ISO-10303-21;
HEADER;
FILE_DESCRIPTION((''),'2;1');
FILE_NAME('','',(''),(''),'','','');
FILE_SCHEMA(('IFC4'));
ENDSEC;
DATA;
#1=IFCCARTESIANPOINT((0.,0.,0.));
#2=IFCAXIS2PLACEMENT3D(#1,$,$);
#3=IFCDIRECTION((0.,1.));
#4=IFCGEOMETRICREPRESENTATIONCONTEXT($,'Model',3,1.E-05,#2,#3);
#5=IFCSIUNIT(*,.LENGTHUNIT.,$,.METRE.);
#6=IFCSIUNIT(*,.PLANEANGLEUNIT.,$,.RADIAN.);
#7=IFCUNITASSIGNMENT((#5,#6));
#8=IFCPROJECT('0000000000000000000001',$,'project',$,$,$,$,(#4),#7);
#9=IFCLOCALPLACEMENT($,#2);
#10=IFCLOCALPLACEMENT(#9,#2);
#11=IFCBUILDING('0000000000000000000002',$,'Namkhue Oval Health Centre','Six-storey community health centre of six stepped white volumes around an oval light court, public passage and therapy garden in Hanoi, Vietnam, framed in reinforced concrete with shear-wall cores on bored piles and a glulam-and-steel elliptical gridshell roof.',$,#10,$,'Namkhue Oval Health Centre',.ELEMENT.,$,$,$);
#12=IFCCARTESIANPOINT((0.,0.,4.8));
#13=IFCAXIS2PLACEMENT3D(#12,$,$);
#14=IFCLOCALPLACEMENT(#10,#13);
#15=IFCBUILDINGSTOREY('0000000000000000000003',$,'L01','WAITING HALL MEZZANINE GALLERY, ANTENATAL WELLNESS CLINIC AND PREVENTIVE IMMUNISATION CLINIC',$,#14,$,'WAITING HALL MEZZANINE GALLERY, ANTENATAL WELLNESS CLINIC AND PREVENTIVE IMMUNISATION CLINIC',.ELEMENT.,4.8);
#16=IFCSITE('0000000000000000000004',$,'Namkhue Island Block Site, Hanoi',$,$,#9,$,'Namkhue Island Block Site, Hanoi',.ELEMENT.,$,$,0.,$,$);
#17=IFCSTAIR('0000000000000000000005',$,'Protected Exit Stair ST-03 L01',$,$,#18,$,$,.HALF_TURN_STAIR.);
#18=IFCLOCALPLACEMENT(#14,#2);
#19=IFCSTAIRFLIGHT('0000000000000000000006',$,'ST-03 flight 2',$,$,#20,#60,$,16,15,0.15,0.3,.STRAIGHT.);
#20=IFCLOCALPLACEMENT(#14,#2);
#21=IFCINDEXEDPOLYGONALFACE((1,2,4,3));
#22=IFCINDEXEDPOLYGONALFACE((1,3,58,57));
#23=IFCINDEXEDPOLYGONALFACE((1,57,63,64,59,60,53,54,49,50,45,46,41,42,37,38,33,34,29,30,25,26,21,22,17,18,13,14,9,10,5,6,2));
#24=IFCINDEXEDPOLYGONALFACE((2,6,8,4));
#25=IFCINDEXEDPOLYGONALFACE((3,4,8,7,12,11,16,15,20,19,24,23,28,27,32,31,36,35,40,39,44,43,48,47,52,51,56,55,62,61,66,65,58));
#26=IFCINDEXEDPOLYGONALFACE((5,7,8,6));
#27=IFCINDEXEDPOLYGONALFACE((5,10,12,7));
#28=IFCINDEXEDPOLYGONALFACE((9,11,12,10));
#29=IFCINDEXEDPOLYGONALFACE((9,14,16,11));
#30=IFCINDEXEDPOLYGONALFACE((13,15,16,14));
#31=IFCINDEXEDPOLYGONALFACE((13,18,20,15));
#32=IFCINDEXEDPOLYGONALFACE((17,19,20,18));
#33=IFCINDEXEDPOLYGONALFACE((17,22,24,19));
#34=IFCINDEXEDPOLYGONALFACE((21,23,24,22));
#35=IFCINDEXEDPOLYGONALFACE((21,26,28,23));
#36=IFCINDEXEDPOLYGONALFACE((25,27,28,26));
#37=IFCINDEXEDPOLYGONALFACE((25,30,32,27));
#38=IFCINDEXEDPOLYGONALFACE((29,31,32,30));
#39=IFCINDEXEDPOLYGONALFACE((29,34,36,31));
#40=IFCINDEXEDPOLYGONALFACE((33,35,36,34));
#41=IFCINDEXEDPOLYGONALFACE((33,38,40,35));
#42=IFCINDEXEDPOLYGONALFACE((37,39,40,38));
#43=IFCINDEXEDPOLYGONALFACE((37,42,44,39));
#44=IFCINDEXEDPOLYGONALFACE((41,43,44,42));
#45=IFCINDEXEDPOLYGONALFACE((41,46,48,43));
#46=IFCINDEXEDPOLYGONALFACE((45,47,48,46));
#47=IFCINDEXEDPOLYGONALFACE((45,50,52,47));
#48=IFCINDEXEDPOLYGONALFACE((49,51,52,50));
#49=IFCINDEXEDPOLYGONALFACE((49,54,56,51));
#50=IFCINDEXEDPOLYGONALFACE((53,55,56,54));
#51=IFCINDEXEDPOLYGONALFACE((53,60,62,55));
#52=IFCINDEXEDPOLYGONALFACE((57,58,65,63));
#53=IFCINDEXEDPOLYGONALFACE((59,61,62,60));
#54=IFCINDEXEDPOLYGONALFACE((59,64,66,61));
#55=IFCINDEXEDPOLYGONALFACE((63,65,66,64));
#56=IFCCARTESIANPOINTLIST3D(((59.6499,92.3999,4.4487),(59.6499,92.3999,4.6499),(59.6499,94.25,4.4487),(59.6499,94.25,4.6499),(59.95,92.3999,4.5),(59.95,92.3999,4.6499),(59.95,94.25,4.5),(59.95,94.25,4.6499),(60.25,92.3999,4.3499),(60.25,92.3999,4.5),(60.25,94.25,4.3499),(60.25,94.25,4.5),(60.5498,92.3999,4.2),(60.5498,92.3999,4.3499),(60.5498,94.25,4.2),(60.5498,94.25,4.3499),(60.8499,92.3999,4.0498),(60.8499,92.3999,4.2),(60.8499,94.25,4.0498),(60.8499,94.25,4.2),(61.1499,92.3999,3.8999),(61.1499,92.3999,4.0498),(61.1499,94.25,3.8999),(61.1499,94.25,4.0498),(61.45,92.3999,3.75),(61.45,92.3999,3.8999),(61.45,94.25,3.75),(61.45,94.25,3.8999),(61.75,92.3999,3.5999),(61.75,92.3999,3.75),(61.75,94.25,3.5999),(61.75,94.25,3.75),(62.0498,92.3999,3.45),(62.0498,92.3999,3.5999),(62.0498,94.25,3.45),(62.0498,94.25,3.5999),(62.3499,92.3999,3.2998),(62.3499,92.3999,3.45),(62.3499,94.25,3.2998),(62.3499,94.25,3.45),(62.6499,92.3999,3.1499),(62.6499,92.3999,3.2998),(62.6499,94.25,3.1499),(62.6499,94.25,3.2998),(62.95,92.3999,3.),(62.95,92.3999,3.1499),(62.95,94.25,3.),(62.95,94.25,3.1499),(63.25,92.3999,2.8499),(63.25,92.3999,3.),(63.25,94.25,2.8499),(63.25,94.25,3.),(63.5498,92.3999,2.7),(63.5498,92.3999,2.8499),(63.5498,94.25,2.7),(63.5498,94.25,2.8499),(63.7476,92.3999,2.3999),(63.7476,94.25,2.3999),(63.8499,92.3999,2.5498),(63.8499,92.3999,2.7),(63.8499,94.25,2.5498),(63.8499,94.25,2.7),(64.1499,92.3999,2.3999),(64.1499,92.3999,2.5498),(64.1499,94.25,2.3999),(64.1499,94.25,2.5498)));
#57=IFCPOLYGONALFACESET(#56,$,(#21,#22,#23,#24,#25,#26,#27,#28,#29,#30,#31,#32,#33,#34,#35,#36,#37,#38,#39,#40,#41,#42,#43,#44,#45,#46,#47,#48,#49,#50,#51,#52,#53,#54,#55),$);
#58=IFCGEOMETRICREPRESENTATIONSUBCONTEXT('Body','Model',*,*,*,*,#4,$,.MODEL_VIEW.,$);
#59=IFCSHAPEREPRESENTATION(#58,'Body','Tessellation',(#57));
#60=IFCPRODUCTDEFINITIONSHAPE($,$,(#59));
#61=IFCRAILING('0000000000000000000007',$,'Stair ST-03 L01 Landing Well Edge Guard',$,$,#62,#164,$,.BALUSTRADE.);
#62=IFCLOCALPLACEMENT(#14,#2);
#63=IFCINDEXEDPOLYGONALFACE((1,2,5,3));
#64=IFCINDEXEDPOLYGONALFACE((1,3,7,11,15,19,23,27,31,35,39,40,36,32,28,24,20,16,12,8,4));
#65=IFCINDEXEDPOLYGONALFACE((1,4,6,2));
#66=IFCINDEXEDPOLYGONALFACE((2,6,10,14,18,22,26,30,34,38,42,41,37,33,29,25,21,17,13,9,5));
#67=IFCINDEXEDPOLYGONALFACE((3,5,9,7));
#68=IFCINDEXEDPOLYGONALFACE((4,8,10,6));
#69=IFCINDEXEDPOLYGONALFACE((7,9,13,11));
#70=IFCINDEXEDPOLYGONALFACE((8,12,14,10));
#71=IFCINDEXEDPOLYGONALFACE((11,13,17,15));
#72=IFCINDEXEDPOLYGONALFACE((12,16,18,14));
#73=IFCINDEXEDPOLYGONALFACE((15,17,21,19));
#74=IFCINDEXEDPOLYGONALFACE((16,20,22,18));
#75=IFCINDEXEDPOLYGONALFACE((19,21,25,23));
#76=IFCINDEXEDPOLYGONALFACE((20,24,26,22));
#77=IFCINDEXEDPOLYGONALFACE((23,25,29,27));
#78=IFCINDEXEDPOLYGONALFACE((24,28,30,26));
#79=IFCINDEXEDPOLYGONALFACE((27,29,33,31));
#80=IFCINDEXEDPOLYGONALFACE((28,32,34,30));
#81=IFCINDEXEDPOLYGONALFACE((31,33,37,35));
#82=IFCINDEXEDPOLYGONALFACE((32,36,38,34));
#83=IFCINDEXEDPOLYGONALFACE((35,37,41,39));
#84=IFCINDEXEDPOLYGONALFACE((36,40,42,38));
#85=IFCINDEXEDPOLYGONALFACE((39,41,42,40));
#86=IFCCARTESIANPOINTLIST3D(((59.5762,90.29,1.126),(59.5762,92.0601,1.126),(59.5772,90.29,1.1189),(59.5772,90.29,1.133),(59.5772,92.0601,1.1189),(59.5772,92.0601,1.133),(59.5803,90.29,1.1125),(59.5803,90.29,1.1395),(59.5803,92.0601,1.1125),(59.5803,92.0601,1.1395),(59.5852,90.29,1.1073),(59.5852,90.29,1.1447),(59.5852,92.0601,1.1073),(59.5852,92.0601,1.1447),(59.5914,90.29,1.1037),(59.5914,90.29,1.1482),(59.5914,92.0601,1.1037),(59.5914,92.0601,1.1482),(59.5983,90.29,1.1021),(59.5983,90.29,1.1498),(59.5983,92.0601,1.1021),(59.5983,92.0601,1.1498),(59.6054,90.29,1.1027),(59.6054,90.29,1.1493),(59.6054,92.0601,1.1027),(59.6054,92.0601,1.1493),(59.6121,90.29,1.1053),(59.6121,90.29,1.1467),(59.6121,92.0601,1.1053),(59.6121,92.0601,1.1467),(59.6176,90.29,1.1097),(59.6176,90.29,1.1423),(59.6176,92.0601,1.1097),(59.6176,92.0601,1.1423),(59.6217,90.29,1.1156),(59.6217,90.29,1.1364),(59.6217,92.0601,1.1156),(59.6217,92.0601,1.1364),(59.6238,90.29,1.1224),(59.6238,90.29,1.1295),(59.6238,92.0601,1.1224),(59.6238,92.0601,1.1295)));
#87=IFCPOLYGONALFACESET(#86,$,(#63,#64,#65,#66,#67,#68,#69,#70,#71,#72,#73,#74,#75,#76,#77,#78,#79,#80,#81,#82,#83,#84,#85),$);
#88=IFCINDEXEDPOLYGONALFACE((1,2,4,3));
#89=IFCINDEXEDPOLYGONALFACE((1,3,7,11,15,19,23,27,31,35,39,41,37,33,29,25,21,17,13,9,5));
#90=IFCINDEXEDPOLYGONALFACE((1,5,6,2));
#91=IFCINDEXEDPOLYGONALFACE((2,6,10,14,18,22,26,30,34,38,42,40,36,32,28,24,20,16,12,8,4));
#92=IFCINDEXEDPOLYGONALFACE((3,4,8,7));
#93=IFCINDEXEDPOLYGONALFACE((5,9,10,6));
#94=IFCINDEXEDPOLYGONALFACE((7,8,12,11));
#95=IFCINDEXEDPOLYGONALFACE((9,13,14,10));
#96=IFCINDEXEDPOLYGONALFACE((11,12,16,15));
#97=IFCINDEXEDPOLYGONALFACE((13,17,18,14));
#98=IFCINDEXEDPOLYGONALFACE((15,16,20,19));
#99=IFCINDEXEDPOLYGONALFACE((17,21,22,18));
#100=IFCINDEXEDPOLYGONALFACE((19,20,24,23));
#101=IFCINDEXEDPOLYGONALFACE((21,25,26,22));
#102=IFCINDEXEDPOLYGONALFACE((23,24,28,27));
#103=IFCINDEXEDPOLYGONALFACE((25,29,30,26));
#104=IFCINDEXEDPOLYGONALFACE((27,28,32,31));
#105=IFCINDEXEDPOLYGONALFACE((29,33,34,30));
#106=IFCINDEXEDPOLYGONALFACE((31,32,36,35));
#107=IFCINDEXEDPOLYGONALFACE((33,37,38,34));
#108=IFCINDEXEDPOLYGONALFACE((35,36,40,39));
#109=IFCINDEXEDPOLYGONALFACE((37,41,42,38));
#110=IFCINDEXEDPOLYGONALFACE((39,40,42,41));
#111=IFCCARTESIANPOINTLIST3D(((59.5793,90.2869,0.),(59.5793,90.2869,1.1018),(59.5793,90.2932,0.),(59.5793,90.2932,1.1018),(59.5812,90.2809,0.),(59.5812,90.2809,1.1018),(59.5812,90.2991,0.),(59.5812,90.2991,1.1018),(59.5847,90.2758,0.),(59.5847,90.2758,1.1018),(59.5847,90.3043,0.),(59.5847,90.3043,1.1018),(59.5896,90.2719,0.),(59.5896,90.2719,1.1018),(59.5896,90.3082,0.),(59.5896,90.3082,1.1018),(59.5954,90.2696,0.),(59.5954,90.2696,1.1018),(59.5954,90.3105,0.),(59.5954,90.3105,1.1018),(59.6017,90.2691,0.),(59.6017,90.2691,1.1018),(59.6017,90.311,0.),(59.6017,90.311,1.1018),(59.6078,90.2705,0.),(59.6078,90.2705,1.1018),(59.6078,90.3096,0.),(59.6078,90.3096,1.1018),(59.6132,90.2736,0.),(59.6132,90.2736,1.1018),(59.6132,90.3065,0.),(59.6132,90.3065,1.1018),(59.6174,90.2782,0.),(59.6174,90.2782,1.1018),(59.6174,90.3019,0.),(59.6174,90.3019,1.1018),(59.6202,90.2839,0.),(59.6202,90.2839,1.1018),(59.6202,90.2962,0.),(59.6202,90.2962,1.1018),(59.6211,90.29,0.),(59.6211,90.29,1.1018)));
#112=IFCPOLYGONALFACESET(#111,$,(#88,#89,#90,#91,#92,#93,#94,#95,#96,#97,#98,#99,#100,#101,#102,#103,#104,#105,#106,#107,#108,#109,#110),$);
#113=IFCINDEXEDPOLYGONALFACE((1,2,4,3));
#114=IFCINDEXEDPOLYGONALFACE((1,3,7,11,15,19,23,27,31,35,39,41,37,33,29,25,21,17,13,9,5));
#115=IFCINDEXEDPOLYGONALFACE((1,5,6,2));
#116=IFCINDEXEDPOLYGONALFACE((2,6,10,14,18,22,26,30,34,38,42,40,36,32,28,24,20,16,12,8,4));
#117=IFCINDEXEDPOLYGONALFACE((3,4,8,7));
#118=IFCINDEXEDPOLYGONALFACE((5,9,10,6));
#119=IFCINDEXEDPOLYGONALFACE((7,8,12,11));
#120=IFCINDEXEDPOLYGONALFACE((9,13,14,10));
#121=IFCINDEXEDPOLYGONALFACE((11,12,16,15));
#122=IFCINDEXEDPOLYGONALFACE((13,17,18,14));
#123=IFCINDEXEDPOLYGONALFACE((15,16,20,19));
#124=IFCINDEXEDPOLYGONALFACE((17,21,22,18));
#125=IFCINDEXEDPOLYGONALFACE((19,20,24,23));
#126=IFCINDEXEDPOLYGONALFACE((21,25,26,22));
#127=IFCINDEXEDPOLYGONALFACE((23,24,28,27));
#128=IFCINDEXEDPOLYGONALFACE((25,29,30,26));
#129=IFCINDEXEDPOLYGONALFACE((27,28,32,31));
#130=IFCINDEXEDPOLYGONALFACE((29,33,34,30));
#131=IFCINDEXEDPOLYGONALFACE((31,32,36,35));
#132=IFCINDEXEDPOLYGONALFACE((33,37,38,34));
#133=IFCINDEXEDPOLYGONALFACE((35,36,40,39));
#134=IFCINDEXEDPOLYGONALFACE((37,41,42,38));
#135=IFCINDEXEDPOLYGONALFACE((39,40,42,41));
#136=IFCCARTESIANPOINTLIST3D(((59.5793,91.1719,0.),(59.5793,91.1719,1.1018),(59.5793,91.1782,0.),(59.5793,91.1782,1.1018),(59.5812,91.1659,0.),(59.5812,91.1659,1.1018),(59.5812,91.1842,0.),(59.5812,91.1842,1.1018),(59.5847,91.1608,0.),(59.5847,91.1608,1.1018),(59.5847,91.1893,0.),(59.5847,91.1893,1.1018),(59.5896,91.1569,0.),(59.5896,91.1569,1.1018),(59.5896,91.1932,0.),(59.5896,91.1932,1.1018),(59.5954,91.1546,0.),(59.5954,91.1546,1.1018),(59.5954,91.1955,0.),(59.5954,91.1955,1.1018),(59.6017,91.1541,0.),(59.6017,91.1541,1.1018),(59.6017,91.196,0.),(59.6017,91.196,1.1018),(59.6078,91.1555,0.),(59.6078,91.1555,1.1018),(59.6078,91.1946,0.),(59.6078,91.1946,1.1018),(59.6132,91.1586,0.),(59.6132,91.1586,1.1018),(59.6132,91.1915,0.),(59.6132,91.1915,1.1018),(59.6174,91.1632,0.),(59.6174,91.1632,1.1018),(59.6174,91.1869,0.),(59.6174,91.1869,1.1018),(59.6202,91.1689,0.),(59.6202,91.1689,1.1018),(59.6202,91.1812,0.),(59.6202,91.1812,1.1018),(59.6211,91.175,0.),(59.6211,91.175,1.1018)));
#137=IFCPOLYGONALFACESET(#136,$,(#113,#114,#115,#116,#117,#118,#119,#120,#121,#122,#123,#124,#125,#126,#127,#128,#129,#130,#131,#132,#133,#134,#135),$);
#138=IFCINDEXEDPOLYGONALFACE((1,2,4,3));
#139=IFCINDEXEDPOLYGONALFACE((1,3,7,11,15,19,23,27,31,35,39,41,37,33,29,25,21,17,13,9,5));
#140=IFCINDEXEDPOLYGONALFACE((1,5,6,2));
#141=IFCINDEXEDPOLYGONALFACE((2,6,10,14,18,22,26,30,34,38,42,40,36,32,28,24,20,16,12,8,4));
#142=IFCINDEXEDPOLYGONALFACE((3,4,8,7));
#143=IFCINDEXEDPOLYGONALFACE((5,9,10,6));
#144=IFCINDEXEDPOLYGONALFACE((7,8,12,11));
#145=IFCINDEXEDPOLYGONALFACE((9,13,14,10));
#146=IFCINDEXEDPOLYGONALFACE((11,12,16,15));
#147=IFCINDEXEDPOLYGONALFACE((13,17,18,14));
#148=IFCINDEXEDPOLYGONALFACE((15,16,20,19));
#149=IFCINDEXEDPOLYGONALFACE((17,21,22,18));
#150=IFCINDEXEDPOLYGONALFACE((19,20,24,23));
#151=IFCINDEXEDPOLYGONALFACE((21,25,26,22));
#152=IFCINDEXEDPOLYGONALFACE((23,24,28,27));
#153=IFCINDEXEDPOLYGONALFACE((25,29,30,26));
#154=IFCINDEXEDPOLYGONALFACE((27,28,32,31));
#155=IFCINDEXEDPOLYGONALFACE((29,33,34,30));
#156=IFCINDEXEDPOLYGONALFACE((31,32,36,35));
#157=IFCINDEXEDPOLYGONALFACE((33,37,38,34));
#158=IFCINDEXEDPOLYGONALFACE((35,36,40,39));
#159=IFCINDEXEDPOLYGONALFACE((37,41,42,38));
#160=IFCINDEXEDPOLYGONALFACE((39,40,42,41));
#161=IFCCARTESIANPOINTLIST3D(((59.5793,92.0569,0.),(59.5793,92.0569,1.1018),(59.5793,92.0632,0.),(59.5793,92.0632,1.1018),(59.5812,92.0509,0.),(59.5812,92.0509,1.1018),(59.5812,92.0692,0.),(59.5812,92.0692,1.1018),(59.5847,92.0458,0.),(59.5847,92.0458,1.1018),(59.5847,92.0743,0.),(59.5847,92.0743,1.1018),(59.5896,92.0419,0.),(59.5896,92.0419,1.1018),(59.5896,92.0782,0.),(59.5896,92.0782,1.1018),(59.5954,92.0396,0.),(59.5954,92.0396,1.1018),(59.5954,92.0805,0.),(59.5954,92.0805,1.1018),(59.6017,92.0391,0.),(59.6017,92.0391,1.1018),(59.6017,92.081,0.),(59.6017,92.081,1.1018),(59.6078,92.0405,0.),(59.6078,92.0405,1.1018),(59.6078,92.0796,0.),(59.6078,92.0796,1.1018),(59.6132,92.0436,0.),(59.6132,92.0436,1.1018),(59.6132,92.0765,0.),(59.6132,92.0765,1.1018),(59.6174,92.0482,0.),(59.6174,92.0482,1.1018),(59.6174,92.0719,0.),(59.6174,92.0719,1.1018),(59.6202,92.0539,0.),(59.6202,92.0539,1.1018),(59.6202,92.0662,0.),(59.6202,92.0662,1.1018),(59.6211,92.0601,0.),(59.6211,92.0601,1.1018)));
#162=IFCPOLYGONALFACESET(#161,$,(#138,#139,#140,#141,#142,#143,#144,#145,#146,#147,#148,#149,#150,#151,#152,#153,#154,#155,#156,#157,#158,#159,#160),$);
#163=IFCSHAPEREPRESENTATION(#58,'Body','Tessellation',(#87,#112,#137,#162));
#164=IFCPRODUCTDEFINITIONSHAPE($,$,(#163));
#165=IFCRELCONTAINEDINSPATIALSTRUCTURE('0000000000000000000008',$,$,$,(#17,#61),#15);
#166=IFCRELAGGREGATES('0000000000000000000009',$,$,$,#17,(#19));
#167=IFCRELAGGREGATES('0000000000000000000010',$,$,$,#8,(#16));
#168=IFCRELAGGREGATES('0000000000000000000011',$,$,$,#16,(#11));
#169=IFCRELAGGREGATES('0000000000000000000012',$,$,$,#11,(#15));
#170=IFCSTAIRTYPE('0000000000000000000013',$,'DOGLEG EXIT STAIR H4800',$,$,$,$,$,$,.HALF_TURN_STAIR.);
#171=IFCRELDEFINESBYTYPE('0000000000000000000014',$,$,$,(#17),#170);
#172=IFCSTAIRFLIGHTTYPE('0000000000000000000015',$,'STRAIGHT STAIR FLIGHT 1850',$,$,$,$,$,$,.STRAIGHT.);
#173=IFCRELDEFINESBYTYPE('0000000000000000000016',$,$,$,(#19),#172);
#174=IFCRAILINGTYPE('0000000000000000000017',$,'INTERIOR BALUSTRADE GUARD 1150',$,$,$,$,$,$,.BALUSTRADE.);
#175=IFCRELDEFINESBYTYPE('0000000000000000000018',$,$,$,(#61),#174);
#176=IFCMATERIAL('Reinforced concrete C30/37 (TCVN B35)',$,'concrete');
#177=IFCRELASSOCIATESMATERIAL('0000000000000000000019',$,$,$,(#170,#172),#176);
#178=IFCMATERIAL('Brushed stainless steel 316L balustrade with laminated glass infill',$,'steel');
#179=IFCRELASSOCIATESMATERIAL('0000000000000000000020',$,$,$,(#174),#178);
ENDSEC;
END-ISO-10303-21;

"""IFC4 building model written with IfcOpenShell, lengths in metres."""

from ifc_helpers import new_model, si_unit, direction, frame, origin, origin_2d, place, context, subcontext, project, spatial, polyline, circle, outline, extrude, material, type_object, element, aggregate, save


model = new_model("IFC4")

# Units and contexts
model_context = context("Model", 3, precision=1e-05, world=origin(), true_north=direction((0.0, 1.0)))
body_context = subcontext(model_context, "Body", "Model", "MODEL_VIEW")
ifc_project = project(units=[si_unit("LENGTHUNIT", "METRE"), si_unit("PLANEANGLEUNIT", "RADIAN")], contexts=[model_context])

# Site, building, storey
site_placement = place(None, origin())
site = spatial("IfcSite", under=ifc_project, at=site_placement, Name="Namkhue Island Block Site, Hanoi", LongName="Namkhue Island Block Site, Hanoi", CompositionType="ELEMENT", RefElevation=0.0)
building_placement = place(site_placement, origin())
building = spatial("IfcBuilding", under=site, at=building_placement, Name="Namkhue Oval Health Centre", Description="Six-storey community health centre of six stepped white volumes around an oval light court, public passage and therapy garden in Hanoi, Vietnam, framed in reinforced concrete with shear-wall cores on bored piles and a glulam-and-steel elliptical gridshell roof.", LongName="Namkhue Oval Health Centre", CompositionType="ELEMENT")
storey_placement = place(building_placement, frame((0.0, 0.0, 4.8)))
storey = spatial("IfcBuildingStorey", under=building, at=storey_placement, Name="L01", Description="WAITING HALL MEZZANINE GALLERY, ANTENATAL WELLNESS CLINIC AND PREVENTIVE IMMUNISATION CLINIC", LongName="WAITING HALL MEZZANINE GALLERY, ANTENATAL WELLNESS CLINIC AND PREVENTIVE IMMUNISATION CLINIC", CompositionType="ELEMENT", Elevation=4.8)

# Shared definitions
ifc_material_1 = material(Name="Reinforced concrete C30/37 (TCVN B35)", Category="concrete")

# Stair, stair flight
stair_type = type_object("IfcStairType", Name="DOGLEG EXIT STAIR H4800", PredefinedType="HALF_TURN_STAIR", material=ifc_material_1)
stair_placement = place(storey_placement, origin())
stair = element("IfcStair", 1, at=stair_placement, inside=storey, type_object=stair_type, Name="Protected Exit Stair ST-03 L01", PredefinedType="HALF_TURN_STAIR")
stair_flight_type = type_object("IfcStairFlightType", Name="STRAIGHT STAIR FLIGHT 1850", PredefinedType="STRAIGHT", material=ifc_material_1)
stair_flight_1_placement = place(storey_placement, frame((64.1499, 93.325, 2.3999), z_axis=(0.0, 0.0, 1.0), x_axis=(-1.0, 0.0, 0.0)))
stair_flight_1 = element("IfcStairFlight", 2, at=stair_flight_1_placement, type_object=stair_flight_type, Name="ST-03 flight 2", NumberOfRisers=16, NumberOfTreads=15, PredefinedType="STRAIGHT", RiserHeight=0.15, TreadLength=0.3, context=body_context, shape_type="SweptSolid", body=[
    extrude(outline(polyline([(0.0, 0.0), (0.0, 0.1499), (0.3, 0.1499), (0.3, 0.3), (0.6001, 0.3), (0.6001, 0.45), (0.8999, 0.45), (0.8999, 0.6001), (1.2, 0.6001), (1.2, 0.75), (1.5, 0.75), (1.5, 0.8999), (1.8, 0.8999), (1.8, 1.05), (2.1001, 1.05), (2.1001, 1.2), (2.3999, 1.2), (2.3999, 1.3501), (2.7, 1.3501), (2.7, 1.5), (3.0, 1.5), (3.0, 1.6499), (3.3, 1.6499), (3.3, 1.8), (3.6001, 1.8), (3.6001, 1.95), (3.8999, 1.95), (3.8999, 2.1001), (4.2, 2.1001), (4.2, 2.25), (4.5, 2.25), (4.5, 2.3999), (4.5, 2.0488), (0.4023, 0.0), (0.0, 0.0)])), frame((0.0, 0.925, 0.0), z_axis=(0.0, -1.0, 0.0), x_axis=(1.0, 0.0, 0.0)), (0.0, 0.0, 1.0), 1.8501),
])
aggregate(stair, [stair_flight_1])

# Railing
ifc_material_2 = material(Name="Brushed stainless steel 316L balustrade with laminated glass infill", Category="steel")
railing_type_1 = type_object("IfcRailingType", Name="INTERIOR BALUSTRADE GUARD 1150", PredefinedType="BALUSTRADE", material=ifc_material_2)
railing_1_placement = place(storey_placement, frame((59.6001, 90.29, 0.0)))
element("IfcRailing", 3, at=railing_1_placement, inside=storey, type_object=railing_type_1, Name="Stair ST-03 L01 Landing Well Edge Guard", PredefinedType="BALUSTRADE", context=body_context, shape_type="SweptSolid", body=[
    extrude(circle(Radius=0.0239, at=origin_2d()), frame((0.0, 0.0, 1.126), z_axis=(0.0, 1.0, 0.0), x_axis=(-1.0, 0.0, 0.0)), (0.0, 0.0, 1.0), 1.77),
    extrude(circle(Radius=0.021, at=origin_2d()), origin(), (0.0, 0.0, 1.0), 1.1018),
    extrude(circle(Radius=0.021, at=origin_2d()), frame((0.0, 0.885, 0.0)), (0.0, 0.0, 1.0), 1.1018),
    extrude(circle(Radius=0.021, at=origin_2d()), frame((0.0, 1.77, 0.0)), (0.0, 0.0, 1.0), 1.1018),
])

save(model, "model.ifc")
